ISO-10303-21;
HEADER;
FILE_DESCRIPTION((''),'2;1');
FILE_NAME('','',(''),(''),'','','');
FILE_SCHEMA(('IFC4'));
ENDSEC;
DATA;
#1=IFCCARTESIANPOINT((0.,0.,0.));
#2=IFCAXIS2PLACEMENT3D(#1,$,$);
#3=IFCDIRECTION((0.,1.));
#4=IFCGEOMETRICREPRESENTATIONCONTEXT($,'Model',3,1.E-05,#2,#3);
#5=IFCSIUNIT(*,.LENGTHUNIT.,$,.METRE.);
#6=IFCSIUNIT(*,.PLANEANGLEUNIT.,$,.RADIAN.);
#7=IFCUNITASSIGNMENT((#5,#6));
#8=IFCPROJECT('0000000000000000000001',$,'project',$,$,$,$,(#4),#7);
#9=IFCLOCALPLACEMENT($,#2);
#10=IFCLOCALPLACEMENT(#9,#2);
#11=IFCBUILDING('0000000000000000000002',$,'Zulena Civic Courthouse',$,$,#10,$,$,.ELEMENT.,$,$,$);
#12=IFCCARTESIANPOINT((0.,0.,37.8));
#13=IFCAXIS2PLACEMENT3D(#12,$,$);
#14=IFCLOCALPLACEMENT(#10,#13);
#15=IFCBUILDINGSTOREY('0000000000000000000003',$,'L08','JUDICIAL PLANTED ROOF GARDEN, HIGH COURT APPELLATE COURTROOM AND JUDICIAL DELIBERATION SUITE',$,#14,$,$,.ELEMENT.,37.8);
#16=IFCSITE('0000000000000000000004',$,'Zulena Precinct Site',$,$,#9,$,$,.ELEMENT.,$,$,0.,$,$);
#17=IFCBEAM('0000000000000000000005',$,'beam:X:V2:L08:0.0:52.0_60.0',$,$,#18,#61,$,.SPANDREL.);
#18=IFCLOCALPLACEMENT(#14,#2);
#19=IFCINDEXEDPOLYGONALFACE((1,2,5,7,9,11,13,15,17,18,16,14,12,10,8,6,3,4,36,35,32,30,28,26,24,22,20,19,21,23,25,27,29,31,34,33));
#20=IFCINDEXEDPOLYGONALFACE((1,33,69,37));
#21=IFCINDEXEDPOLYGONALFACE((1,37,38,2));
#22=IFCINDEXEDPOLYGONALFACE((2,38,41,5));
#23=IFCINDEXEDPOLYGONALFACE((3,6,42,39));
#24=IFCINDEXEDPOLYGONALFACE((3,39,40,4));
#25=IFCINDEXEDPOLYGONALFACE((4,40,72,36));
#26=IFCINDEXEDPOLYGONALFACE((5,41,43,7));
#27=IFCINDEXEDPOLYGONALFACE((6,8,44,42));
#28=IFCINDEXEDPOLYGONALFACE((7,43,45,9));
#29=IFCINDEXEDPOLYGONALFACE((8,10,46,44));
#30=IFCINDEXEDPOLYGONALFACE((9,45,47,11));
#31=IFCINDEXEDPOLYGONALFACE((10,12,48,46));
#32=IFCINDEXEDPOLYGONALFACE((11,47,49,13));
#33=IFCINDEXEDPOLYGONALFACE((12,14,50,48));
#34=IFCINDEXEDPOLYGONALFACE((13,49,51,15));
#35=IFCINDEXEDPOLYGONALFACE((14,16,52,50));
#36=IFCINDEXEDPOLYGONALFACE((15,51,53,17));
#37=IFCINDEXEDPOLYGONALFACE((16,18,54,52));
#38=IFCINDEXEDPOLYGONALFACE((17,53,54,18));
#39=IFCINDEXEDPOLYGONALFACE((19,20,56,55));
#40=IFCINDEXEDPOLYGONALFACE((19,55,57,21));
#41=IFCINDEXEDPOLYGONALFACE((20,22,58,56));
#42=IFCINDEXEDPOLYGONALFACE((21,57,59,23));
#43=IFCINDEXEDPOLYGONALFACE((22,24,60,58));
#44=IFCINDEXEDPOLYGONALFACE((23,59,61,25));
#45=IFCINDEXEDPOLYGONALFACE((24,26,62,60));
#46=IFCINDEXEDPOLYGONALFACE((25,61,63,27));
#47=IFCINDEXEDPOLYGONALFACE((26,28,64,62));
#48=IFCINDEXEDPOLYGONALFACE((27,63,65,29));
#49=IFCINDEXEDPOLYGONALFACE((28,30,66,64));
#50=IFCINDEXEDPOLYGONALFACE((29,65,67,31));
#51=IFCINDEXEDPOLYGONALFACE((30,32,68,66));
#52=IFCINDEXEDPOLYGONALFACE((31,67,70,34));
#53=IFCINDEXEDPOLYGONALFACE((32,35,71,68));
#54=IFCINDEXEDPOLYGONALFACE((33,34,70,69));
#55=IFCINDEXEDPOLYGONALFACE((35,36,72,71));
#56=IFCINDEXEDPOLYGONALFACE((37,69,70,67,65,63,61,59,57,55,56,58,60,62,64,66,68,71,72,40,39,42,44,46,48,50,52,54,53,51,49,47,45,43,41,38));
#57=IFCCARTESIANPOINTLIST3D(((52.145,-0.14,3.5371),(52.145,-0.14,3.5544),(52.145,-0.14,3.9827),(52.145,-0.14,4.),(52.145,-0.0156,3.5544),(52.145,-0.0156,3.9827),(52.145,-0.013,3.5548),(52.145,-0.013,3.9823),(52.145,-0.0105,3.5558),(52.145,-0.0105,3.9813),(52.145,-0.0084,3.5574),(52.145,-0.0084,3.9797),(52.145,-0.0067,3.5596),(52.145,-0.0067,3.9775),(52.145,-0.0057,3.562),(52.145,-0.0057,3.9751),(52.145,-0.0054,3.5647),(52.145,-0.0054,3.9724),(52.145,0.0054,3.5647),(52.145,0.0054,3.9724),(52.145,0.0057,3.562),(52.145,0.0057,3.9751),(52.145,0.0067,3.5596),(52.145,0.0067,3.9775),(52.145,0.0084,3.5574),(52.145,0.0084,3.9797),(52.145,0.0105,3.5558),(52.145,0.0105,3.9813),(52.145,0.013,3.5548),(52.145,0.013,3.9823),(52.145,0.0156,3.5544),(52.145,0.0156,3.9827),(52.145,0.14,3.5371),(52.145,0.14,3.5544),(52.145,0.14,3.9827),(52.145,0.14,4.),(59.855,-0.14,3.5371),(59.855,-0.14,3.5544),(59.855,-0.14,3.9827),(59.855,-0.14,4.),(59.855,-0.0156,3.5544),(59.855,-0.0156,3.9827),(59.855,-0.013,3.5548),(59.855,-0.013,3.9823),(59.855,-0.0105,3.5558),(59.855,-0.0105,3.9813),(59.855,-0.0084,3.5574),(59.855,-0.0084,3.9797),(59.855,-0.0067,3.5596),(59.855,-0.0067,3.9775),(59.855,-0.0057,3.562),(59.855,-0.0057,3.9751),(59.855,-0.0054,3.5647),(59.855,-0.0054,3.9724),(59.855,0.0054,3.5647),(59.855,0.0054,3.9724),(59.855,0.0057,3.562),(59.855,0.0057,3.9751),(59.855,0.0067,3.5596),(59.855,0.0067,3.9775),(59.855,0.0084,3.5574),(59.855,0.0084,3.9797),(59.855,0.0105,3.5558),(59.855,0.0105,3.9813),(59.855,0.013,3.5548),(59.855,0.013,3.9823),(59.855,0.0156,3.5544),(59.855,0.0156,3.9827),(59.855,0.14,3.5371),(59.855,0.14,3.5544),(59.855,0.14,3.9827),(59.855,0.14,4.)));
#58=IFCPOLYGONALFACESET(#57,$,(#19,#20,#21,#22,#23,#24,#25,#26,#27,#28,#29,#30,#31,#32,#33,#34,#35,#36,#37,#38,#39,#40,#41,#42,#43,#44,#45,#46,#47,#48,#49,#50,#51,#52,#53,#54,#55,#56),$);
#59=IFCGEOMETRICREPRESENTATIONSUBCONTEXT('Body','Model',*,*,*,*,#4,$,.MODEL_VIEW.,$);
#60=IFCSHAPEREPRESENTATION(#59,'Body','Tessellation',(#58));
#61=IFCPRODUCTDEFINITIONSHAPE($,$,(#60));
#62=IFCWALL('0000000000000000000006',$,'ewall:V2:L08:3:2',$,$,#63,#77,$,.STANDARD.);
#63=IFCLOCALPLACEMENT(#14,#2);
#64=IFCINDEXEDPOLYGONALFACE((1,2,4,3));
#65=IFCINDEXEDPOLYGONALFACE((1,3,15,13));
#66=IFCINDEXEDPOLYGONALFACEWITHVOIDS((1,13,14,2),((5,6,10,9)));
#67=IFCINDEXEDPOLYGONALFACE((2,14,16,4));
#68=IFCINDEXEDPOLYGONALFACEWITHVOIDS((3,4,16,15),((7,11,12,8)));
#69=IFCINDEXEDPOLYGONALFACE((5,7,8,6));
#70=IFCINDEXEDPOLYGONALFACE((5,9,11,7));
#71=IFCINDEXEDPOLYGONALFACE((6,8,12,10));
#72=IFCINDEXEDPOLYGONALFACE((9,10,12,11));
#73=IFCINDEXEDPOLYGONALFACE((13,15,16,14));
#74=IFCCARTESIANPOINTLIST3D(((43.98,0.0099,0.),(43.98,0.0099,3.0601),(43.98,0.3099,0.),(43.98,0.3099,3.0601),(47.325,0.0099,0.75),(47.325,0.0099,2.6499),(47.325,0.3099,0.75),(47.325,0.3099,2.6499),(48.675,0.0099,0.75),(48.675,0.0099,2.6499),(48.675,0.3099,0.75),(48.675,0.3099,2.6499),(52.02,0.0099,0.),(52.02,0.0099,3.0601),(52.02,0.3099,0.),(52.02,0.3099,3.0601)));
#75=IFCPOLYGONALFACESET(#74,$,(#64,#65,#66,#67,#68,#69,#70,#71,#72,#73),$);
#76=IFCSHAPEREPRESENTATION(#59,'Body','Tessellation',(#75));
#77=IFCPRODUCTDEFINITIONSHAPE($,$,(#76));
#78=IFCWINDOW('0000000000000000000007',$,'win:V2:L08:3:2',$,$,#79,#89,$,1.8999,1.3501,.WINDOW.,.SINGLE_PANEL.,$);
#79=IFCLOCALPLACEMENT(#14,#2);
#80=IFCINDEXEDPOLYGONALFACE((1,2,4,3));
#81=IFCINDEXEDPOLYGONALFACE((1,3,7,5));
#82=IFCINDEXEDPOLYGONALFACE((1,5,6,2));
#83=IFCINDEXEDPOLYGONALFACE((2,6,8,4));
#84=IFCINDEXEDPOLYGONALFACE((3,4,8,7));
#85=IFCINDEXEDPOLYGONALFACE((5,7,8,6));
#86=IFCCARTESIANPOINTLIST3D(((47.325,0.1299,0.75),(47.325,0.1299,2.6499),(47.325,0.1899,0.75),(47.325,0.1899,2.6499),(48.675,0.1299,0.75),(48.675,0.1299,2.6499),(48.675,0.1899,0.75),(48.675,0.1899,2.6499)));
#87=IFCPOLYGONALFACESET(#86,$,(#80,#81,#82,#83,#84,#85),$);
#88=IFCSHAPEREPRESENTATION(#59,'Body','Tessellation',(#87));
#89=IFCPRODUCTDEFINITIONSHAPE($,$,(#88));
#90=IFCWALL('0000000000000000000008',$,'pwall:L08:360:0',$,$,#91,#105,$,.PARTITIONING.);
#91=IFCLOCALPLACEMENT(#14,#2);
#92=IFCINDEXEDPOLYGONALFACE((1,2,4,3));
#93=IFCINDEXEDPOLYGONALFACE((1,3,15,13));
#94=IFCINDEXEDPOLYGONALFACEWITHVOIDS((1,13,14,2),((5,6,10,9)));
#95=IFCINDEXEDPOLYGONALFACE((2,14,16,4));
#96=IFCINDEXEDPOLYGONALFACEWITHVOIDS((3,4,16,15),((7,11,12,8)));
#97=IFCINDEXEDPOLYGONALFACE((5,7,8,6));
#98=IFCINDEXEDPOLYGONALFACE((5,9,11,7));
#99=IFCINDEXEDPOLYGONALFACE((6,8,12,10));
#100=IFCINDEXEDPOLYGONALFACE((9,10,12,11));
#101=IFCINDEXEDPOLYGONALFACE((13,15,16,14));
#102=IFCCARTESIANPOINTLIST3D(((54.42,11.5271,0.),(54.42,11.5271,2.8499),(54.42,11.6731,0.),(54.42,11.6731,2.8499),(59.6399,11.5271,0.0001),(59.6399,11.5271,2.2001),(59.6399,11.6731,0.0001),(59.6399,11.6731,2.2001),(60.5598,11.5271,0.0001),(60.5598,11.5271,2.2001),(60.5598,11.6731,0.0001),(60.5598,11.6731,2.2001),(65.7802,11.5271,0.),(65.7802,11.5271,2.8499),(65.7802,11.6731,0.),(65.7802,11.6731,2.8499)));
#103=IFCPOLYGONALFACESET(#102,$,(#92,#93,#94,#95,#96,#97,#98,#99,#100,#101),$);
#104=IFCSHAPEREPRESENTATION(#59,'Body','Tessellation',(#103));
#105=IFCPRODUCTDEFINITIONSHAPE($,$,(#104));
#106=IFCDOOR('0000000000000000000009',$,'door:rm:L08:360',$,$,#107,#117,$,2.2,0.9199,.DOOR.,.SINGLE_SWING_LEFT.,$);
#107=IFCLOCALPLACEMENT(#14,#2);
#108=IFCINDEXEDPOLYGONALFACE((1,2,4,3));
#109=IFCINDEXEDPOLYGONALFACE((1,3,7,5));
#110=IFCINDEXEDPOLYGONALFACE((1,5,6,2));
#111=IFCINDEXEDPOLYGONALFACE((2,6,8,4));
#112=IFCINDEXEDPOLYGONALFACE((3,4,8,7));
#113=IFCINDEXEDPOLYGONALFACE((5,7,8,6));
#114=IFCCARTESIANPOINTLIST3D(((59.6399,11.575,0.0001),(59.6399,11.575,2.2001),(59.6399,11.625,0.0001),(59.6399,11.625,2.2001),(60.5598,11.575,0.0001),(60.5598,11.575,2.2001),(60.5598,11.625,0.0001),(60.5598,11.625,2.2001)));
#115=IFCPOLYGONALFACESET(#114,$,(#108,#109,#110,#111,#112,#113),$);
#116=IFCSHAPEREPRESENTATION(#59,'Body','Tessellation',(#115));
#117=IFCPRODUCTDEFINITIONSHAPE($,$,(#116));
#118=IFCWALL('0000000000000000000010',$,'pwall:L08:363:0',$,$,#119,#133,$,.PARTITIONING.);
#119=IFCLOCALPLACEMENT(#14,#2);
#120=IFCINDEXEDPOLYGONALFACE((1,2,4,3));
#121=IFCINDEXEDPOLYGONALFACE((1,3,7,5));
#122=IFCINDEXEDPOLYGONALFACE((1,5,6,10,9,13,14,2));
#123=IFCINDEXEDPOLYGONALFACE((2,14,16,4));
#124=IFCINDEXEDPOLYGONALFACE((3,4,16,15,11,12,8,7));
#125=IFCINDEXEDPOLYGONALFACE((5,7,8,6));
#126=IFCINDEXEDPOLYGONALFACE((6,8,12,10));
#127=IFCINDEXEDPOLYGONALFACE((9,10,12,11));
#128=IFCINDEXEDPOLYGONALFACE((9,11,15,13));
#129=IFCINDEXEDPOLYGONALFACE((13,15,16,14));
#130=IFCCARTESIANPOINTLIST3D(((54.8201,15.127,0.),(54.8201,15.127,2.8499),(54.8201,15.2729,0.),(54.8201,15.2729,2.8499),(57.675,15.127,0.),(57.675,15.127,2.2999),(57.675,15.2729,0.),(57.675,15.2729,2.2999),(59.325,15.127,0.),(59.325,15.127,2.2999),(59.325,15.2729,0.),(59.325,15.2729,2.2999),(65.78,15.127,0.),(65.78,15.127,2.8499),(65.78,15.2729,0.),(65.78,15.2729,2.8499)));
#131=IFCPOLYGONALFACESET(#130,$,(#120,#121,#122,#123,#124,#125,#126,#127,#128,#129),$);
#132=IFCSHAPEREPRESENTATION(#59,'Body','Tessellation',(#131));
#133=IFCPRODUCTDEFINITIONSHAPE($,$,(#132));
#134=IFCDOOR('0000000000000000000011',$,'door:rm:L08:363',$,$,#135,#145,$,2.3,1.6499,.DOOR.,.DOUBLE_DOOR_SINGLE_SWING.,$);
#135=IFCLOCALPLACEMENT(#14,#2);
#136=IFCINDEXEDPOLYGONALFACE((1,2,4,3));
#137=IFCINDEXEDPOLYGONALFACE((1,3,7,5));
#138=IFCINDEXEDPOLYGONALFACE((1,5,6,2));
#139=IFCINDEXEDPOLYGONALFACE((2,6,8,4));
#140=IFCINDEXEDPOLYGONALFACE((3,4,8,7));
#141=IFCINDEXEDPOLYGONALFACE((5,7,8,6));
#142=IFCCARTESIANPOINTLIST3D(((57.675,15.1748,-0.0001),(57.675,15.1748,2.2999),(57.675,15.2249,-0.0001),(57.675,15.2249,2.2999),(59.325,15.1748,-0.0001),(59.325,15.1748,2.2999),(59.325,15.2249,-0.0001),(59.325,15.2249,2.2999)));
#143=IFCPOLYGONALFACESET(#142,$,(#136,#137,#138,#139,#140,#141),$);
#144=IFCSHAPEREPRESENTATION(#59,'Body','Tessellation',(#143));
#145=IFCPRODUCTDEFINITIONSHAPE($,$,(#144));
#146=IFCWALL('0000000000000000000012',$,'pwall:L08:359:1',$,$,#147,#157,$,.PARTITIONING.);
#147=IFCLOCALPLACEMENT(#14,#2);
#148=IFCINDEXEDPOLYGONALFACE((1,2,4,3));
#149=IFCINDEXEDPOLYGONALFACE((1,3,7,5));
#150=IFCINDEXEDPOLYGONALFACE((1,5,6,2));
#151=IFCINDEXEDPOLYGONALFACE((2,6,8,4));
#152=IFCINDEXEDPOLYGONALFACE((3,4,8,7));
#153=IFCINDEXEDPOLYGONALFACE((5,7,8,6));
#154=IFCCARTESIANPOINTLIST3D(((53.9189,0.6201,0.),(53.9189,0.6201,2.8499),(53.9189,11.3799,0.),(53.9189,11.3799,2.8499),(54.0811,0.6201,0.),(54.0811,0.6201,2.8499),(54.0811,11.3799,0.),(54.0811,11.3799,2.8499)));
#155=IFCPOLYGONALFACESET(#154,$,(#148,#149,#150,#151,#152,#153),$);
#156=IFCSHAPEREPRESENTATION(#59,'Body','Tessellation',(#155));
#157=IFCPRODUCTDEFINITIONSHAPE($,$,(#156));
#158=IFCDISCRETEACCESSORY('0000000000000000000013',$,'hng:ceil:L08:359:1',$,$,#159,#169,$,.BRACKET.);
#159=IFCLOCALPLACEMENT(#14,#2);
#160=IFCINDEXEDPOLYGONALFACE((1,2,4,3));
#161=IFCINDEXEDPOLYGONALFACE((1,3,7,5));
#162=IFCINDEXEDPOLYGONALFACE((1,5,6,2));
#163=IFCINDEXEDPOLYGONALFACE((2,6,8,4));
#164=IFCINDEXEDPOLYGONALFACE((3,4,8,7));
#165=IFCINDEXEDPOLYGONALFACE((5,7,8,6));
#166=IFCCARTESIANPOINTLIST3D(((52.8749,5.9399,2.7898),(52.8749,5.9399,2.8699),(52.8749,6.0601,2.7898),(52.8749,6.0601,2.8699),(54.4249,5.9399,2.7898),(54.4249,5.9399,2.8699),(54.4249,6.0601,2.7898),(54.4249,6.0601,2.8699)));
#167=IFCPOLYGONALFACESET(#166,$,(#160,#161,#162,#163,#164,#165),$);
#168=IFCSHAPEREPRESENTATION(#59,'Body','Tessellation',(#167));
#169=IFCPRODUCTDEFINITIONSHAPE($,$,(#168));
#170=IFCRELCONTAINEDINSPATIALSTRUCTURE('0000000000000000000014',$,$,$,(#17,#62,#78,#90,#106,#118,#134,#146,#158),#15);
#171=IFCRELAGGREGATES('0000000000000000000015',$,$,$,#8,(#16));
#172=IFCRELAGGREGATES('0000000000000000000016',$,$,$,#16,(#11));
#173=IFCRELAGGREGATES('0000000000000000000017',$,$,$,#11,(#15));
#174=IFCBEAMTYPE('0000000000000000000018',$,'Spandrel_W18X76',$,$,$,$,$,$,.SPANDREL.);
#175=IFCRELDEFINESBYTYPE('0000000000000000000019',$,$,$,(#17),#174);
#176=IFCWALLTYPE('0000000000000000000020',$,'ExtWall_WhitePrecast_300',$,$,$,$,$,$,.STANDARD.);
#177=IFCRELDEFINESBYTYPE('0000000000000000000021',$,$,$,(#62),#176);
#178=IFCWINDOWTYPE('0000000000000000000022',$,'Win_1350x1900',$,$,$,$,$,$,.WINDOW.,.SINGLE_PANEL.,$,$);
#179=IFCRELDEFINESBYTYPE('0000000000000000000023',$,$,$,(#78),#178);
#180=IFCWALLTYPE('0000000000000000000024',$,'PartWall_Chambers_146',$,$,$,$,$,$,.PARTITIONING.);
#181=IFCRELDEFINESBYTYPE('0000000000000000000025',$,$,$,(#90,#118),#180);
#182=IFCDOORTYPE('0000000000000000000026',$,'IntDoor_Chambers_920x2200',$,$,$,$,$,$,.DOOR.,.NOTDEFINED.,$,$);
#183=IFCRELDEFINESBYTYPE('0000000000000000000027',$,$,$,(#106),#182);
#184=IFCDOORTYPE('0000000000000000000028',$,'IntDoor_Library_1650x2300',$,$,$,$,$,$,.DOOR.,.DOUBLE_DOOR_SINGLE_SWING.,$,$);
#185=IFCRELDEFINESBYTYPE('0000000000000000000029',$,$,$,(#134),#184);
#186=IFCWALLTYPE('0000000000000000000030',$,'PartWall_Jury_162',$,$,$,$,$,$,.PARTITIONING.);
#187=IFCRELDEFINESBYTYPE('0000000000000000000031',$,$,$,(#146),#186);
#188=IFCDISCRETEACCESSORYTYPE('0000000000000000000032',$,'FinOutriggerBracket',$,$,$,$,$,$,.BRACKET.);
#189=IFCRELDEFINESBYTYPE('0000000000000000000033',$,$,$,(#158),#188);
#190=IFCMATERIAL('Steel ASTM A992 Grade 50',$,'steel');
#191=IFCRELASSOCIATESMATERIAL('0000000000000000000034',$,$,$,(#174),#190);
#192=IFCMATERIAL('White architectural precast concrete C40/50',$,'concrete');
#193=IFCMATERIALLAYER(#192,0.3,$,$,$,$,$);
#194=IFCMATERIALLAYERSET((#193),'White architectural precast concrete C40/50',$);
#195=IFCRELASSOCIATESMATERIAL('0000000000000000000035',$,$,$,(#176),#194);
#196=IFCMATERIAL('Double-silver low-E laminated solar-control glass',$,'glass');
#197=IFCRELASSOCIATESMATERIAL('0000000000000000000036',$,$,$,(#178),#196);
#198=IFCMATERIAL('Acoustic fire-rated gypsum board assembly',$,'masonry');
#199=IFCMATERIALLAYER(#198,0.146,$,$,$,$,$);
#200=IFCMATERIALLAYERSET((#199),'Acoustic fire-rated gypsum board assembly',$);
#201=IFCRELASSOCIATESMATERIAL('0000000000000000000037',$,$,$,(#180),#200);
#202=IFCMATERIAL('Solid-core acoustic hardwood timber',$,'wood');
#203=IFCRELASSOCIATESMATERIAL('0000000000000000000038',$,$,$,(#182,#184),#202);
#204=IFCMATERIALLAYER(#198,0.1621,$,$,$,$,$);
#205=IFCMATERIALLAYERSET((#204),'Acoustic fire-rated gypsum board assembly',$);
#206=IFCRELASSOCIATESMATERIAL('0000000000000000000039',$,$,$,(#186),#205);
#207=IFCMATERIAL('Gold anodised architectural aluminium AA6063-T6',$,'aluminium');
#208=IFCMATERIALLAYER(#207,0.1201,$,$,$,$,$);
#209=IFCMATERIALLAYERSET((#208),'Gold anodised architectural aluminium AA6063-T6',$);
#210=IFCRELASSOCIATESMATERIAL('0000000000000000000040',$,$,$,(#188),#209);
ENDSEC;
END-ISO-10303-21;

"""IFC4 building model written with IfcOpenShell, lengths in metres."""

from ifc_helpers import new_model, si_unit, direction, frame, frame_2d, origin, origin_2d, place, context, subcontext, project, spatial, rectangle, i_section, extrude, material, layer, layer_set, material_profile, profile_set, type_object, element, fill, save


model = new_model("IFC4")

# Units and contexts
model_context = context("Model", 3, precision=1e-05, world=origin(), true_north=direction((0.0, 1.0)))
body_context = subcontext(model_context, "Body", "Model", "MODEL_VIEW")
ifc_project = project(units=[si_unit("LENGTHUNIT", "METRE"), si_unit("PLANEANGLEUNIT", "RADIAN")], contexts=[model_context])

# Site, building, storey
site_placement = place(None, origin())
site = spatial("IfcSite", under=ifc_project, at=site_placement, Name="Zulena Precinct Site", CompositionType="ELEMENT", RefElevation=0.0)
building_placement = place(site_placement, origin())
building = spatial("IfcBuilding", under=site, at=building_placement, Name="Zulena Civic Courthouse", CompositionType="ELEMENT")
storey_placement = place(building_placement, frame((0.0, 0.0, 37.8)))
storey = spatial("IfcBuildingStorey", under=building, at=storey_placement, Name="L08", Description="JUDICIAL PLANTED ROOF GARDEN, HIGH COURT APPELLATE COURTROOM AND JUDICIAL DELIBERATION SUITE", CompositionType="ELEMENT", Elevation=37.8)

# Shared definitions
ifc_material_1 = material(Name="Steel ASTM A992 Grade 50", Category="steel")

# Beam
ifc_material_profile_1 = material_profile(ifc_material_1, i_section(OverallWidth=0.28, OverallDepth=0.4629, WebThickness=0.0107, FlangeThickness=0.0173, FilletRadius=0.0103, at=origin_2d()), Name="W18X76")
ifc_profile_set_1 = profile_set([ifc_material_profile_1], Name="Steel ASTM A992 Grade 50")
beam_type_1 = type_object("IfcBeamType", Name="Spandrel_W18X76", PredefinedType="SPANDREL", material=ifc_profile_set_1)
beam_1_placement = place(storey_placement, frame((52.145, 0.0, 3.7686), z_axis=(1.0, 0.0, 0.0), x_axis=(0.0, 1.0, 0.0)))
element("IfcBeam", 1, at=beam_1_placement, inside=storey, type_object=beam_type_1, Name="beam:X:V2:L08:0.0:52.0_60.0", PredefinedType="SPANDREL", context=body_context, shape_type="SweptSolid", body=[
    extrude(i_section(OverallWidth=0.28, OverallDepth=0.4629, WebThickness=0.0107, FlangeThickness=0.0173, FilletRadius=0.0103, at=origin_2d()), origin(), (0.0, 0.0, 1.0), 7.71),
])

# Wall, opening, window
ifc_material_2 = material(Name="White architectural precast concrete C40/50", Category="concrete")
ifc_layer_1 = layer(ifc_material_2, 0.3)
ifc_layer_set_1 = layer_set([ifc_layer_1], Name="White architectural precast concrete C40/50")
wall_type_1 = type_object("IfcWallType", Name="ExtWall_WhitePrecast_300", PredefinedType="STANDARD", material=ifc_layer_set_1)
wall_1_placement = place(storey_placement, frame((52.02, 0.1599, 0.0), z_axis=(0.0, 0.0, 1.0), x_axis=(-1.0, 0.0, 0.0)))
wall_1 = element("IfcWall", 2, at=wall_1_placement, inside=storey, type_object=wall_type_1, Name="ewall:V2:L08:3:2", PredefinedType="STANDARD", context=body_context, shape_type="SweptSolid", body=[
    extrude(rectangle(XDim=8.04, YDim=0.3, at=frame_2d((4.02, 0.0))), origin(), (0.0, 0.0, 1.0), 3.0601),
])
opening_1_placement = place(wall_1_placement, frame((3.345, 0.0, 0.75)))
opening_1 = element("IfcOpeningElement", 3, at=opening_1_placement, cuts=wall_1, PredefinedType="OPENING", context=body_context, shape_type="SweptSolid", body=[
    extrude(rectangle(XDim=1.3501, YDim=1.8999, at=frame_2d((0.675, 0.95))), frame((0.0, 0.1599, 0.0), z_axis=(0.0, -1.0, 0.0), x_axis=(1.0, 0.0, 0.0)), (0.0, 0.0, 1.0), 0.3201),
])
ifc_material_3 = material(Name="Double-silver low-E laminated solar-control glass", Category="glass")
window_type = type_object("IfcWindowType", Name="Win_1350x1900", PartitioningType="SINGLE_PANEL", PredefinedType="WINDOW", material=ifc_material_3)
window_placement = place(opening_1_placement, origin())
window = element("IfcWindow", 4, at=window_placement, inside=storey, type_object=window_type, Name="win:V2:L08:3:2", OverallHeight=1.8999, OverallWidth=1.3501, PartitioningType="SINGLE_PANEL", PredefinedType="WINDOW", context=body_context, shape_type="SweptSolid", body=[
    extrude(rectangle(XDim=1.3501, YDim=1.8999, at=frame_2d((0.675, 0.95))), frame((0.0, 0.03, 0.0), z_axis=(0.0, -1.0, 0.0), x_axis=(1.0, 0.0, 0.0)), (0.0, 0.0, 1.0), 0.0601),
])
fill(opening_1, window)

# Walls, openings, doors
ifc_material_4 = material(Name="Acoustic fire-rated gypsum board assembly", Category="masonry")
ifc_layer_2 = layer(ifc_material_4, 0.146)
ifc_layer_set_2 = layer_set([ifc_layer_2], Name="Acoustic fire-rated gypsum board assembly")
wall_type_2 = type_object("IfcWallType", Name="PartWall_Chambers_146", PredefinedType="PARTITIONING", material=ifc_layer_set_2)
wall_2_placement = place(storey_placement, frame((54.4199, 11.6001, 0.0), z_axis=(0.0, 0.0, 1.0), x_axis=(1.0, 0.0, 0.0)))
wall_2 = element("IfcWall", 5, at=wall_2_placement, inside=storey, type_object=wall_type_2, Name="pwall:L08:360:0", PredefinedType="PARTITIONING", context=body_context, shape_type="SweptSolid", body=[
    extrude(rectangle(XDim=11.3601, YDim=0.146, at=frame_2d((5.6802, 0.0))), origin(), (0.0, 0.0, 1.0), 2.8499),
])
opening_2_placement = place(wall_2_placement, frame((5.22, 0.0, 0.0)))
opening_2 = element("IfcOpeningElement", 6, at=opening_2_placement, cuts=wall_2, PredefinedType="OPENING", context=body_context, shape_type="SweptSolid", body=[
    extrude(rectangle(XDim=0.9199, YDim=2.2, at=frame_2d((0.46, 1.1001))), frame((0.0, 0.083, 0.0), z_axis=(0.0, -1.0, 0.0), x_axis=(1.0, 0.0, 0.0)), (0.0, 0.0, 1.0), 0.166),
])
ifc_material_5 = material(Name="Solid-core acoustic hardwood timber", Category="wood")
door_type_1 = type_object("IfcDoorType", Name="IntDoor_Chambers_920x2200", OperationType="NOTDEFINED", PredefinedType="DOOR", material=ifc_material_5)
door_1_placement = place(opening_2_placement, origin())
door_1 = element("IfcDoor", 7, at=door_1_placement, inside=storey, type_object=door_type_1, Name="door:rm:L08:360", OperationType="SINGLE_SWING_LEFT", OverallHeight=2.2, OverallWidth=0.9199, PredefinedType="DOOR", context=body_context, shape_type="SweptSolid", body=[
    extrude(rectangle(XDim=0.9199, YDim=2.2, at=frame_2d((0.46, 1.1001))), frame((0.0, 0.0249, 0.0), z_axis=(0.0, -1.0, 0.0), x_axis=(1.0, 0.0, 0.0)), (0.0, 0.0, 1.0), 0.05),
])
fill(opening_2, door_1)
wall_3_placement = place(storey_placement, frame((54.8201, 15.2, 0.0), z_axis=(0.0, 0.0, 1.0), x_axis=(1.0, 0.0, 0.0)))
wall_3 = element("IfcWall", 8, at=wall_3_placement, inside=storey, type_object=wall_type_2, Name="pwall:L08:363:0", PredefinedType="PARTITIONING", context=body_context, shape_type="SweptSolid", body=[
    extrude(rectangle(XDim=10.96, YDim=0.146, at=frame_2d((5.48, 0.0))), origin(), (0.0, 0.0, 1.0), 2.8499),
])
opening_3_placement = place(wall_3_placement, frame((2.855, 0.0, 0.0)))
opening_3 = element("IfcOpeningElement", 9, at=opening_3_placement, cuts=wall_3, PredefinedType="OPENING", context=body_context, shape_type="SweptSolid", body=[
    extrude(rectangle(XDim=1.6499, YDim=2.3, at=frame_2d((0.825, 1.1499))), frame((0.0, 0.083, 0.0), z_axis=(0.0, -1.0, 0.0), x_axis=(1.0, 0.0, 0.0)), (0.0, 0.0, 1.0), 0.166),
])
door_type_2 = type_object("IfcDoorType", Name="IntDoor_Library_1650x2300", OperationType="DOUBLE_DOOR_SINGLE_SWING", PredefinedType="DOOR", material=ifc_material_5)
door_2_placement = place(opening_3_placement, origin())
door_2 = element("IfcDoor", 10, at=door_2_placement, inside=storey, type_object=door_type_2, Name="door:rm:L08:363", OperationType="DOUBLE_DOOR_SINGLE_SWING", OverallHeight=2.3, OverallWidth=1.6499, PredefinedType="DOOR", context=body_context, shape_type="SweptSolid", body=[
    extrude(rectangle(XDim=1.6499, YDim=2.3, at=frame_2d((0.825, 1.1499))), frame((0.0, 0.0249, 0.0), z_axis=(0.0, -1.0, 0.0), x_axis=(1.0, 0.0, 0.0)), (0.0, 0.0, 1.0), 0.05),
])
fill(opening_3, door_2)

# Wall
ifc_layer_3 = layer(ifc_material_4, 0.1621)
ifc_layer_set_3 = layer_set([ifc_layer_3], Name="Acoustic fire-rated gypsum board assembly")
wall_type_3 = type_object("IfcWallType", Name="PartWall_Jury_162", PredefinedType="PARTITIONING", material=ifc_layer_set_3)
wall_4_placement = place(storey_placement, frame((54.0, 0.6201, 0.0), z_axis=(0.0, 0.0, 1.0), x_axis=(0.0, 1.0, 0.0)))
element("IfcWall", 11, at=wall_4_placement, inside=storey, type_object=wall_type_3, Name="pwall:L08:359:1", PredefinedType="PARTITIONING", context=body_context, shape_type="SweptSolid", body=[
    extrude(rectangle(XDim=10.7598, YDim=0.1621, at=frame_2d((5.3799, 0.0))), origin(), (0.0, 0.0, 1.0), 2.8499),
])

# Discrete accessory
ifc_material_6 = material(Name="Gold anodised architectural aluminium AA6063-T6", Category="aluminium")
ifc_layer_4 = layer(ifc_material_6, 0.1201)
ifc_layer_set_4 = layer_set([ifc_layer_4], Name="Gold anodised architectural aluminium AA6063-T6")
discrete_accessory_type = type_object("IfcDiscreteAccessoryType", Name="FinOutriggerBracket", PredefinedType="BRACKET", material=ifc_layer_set_4)
discrete_accessory_placement = place(storey_placement, frame((53.6499, 6.0, 2.7898), z_axis=(0.0, 0.0, 1.0), x_axis=(1.0, 0.0, 0.0)))
element("IfcDiscreteAccessory", 12, at=discrete_accessory_placement, inside=storey, type_object=discrete_accessory_type, Name="hng:ceil:L08:359:1", PredefinedType="BRACKET", context=body_context, shape_type="SweptSolid", body=[
    extrude(rectangle(XDim=1.55, YDim=0.1201, at=origin_2d()), origin(), (0.0, 0.0, 1.0), 0.0801),
])

save(model, "model.ifc")
